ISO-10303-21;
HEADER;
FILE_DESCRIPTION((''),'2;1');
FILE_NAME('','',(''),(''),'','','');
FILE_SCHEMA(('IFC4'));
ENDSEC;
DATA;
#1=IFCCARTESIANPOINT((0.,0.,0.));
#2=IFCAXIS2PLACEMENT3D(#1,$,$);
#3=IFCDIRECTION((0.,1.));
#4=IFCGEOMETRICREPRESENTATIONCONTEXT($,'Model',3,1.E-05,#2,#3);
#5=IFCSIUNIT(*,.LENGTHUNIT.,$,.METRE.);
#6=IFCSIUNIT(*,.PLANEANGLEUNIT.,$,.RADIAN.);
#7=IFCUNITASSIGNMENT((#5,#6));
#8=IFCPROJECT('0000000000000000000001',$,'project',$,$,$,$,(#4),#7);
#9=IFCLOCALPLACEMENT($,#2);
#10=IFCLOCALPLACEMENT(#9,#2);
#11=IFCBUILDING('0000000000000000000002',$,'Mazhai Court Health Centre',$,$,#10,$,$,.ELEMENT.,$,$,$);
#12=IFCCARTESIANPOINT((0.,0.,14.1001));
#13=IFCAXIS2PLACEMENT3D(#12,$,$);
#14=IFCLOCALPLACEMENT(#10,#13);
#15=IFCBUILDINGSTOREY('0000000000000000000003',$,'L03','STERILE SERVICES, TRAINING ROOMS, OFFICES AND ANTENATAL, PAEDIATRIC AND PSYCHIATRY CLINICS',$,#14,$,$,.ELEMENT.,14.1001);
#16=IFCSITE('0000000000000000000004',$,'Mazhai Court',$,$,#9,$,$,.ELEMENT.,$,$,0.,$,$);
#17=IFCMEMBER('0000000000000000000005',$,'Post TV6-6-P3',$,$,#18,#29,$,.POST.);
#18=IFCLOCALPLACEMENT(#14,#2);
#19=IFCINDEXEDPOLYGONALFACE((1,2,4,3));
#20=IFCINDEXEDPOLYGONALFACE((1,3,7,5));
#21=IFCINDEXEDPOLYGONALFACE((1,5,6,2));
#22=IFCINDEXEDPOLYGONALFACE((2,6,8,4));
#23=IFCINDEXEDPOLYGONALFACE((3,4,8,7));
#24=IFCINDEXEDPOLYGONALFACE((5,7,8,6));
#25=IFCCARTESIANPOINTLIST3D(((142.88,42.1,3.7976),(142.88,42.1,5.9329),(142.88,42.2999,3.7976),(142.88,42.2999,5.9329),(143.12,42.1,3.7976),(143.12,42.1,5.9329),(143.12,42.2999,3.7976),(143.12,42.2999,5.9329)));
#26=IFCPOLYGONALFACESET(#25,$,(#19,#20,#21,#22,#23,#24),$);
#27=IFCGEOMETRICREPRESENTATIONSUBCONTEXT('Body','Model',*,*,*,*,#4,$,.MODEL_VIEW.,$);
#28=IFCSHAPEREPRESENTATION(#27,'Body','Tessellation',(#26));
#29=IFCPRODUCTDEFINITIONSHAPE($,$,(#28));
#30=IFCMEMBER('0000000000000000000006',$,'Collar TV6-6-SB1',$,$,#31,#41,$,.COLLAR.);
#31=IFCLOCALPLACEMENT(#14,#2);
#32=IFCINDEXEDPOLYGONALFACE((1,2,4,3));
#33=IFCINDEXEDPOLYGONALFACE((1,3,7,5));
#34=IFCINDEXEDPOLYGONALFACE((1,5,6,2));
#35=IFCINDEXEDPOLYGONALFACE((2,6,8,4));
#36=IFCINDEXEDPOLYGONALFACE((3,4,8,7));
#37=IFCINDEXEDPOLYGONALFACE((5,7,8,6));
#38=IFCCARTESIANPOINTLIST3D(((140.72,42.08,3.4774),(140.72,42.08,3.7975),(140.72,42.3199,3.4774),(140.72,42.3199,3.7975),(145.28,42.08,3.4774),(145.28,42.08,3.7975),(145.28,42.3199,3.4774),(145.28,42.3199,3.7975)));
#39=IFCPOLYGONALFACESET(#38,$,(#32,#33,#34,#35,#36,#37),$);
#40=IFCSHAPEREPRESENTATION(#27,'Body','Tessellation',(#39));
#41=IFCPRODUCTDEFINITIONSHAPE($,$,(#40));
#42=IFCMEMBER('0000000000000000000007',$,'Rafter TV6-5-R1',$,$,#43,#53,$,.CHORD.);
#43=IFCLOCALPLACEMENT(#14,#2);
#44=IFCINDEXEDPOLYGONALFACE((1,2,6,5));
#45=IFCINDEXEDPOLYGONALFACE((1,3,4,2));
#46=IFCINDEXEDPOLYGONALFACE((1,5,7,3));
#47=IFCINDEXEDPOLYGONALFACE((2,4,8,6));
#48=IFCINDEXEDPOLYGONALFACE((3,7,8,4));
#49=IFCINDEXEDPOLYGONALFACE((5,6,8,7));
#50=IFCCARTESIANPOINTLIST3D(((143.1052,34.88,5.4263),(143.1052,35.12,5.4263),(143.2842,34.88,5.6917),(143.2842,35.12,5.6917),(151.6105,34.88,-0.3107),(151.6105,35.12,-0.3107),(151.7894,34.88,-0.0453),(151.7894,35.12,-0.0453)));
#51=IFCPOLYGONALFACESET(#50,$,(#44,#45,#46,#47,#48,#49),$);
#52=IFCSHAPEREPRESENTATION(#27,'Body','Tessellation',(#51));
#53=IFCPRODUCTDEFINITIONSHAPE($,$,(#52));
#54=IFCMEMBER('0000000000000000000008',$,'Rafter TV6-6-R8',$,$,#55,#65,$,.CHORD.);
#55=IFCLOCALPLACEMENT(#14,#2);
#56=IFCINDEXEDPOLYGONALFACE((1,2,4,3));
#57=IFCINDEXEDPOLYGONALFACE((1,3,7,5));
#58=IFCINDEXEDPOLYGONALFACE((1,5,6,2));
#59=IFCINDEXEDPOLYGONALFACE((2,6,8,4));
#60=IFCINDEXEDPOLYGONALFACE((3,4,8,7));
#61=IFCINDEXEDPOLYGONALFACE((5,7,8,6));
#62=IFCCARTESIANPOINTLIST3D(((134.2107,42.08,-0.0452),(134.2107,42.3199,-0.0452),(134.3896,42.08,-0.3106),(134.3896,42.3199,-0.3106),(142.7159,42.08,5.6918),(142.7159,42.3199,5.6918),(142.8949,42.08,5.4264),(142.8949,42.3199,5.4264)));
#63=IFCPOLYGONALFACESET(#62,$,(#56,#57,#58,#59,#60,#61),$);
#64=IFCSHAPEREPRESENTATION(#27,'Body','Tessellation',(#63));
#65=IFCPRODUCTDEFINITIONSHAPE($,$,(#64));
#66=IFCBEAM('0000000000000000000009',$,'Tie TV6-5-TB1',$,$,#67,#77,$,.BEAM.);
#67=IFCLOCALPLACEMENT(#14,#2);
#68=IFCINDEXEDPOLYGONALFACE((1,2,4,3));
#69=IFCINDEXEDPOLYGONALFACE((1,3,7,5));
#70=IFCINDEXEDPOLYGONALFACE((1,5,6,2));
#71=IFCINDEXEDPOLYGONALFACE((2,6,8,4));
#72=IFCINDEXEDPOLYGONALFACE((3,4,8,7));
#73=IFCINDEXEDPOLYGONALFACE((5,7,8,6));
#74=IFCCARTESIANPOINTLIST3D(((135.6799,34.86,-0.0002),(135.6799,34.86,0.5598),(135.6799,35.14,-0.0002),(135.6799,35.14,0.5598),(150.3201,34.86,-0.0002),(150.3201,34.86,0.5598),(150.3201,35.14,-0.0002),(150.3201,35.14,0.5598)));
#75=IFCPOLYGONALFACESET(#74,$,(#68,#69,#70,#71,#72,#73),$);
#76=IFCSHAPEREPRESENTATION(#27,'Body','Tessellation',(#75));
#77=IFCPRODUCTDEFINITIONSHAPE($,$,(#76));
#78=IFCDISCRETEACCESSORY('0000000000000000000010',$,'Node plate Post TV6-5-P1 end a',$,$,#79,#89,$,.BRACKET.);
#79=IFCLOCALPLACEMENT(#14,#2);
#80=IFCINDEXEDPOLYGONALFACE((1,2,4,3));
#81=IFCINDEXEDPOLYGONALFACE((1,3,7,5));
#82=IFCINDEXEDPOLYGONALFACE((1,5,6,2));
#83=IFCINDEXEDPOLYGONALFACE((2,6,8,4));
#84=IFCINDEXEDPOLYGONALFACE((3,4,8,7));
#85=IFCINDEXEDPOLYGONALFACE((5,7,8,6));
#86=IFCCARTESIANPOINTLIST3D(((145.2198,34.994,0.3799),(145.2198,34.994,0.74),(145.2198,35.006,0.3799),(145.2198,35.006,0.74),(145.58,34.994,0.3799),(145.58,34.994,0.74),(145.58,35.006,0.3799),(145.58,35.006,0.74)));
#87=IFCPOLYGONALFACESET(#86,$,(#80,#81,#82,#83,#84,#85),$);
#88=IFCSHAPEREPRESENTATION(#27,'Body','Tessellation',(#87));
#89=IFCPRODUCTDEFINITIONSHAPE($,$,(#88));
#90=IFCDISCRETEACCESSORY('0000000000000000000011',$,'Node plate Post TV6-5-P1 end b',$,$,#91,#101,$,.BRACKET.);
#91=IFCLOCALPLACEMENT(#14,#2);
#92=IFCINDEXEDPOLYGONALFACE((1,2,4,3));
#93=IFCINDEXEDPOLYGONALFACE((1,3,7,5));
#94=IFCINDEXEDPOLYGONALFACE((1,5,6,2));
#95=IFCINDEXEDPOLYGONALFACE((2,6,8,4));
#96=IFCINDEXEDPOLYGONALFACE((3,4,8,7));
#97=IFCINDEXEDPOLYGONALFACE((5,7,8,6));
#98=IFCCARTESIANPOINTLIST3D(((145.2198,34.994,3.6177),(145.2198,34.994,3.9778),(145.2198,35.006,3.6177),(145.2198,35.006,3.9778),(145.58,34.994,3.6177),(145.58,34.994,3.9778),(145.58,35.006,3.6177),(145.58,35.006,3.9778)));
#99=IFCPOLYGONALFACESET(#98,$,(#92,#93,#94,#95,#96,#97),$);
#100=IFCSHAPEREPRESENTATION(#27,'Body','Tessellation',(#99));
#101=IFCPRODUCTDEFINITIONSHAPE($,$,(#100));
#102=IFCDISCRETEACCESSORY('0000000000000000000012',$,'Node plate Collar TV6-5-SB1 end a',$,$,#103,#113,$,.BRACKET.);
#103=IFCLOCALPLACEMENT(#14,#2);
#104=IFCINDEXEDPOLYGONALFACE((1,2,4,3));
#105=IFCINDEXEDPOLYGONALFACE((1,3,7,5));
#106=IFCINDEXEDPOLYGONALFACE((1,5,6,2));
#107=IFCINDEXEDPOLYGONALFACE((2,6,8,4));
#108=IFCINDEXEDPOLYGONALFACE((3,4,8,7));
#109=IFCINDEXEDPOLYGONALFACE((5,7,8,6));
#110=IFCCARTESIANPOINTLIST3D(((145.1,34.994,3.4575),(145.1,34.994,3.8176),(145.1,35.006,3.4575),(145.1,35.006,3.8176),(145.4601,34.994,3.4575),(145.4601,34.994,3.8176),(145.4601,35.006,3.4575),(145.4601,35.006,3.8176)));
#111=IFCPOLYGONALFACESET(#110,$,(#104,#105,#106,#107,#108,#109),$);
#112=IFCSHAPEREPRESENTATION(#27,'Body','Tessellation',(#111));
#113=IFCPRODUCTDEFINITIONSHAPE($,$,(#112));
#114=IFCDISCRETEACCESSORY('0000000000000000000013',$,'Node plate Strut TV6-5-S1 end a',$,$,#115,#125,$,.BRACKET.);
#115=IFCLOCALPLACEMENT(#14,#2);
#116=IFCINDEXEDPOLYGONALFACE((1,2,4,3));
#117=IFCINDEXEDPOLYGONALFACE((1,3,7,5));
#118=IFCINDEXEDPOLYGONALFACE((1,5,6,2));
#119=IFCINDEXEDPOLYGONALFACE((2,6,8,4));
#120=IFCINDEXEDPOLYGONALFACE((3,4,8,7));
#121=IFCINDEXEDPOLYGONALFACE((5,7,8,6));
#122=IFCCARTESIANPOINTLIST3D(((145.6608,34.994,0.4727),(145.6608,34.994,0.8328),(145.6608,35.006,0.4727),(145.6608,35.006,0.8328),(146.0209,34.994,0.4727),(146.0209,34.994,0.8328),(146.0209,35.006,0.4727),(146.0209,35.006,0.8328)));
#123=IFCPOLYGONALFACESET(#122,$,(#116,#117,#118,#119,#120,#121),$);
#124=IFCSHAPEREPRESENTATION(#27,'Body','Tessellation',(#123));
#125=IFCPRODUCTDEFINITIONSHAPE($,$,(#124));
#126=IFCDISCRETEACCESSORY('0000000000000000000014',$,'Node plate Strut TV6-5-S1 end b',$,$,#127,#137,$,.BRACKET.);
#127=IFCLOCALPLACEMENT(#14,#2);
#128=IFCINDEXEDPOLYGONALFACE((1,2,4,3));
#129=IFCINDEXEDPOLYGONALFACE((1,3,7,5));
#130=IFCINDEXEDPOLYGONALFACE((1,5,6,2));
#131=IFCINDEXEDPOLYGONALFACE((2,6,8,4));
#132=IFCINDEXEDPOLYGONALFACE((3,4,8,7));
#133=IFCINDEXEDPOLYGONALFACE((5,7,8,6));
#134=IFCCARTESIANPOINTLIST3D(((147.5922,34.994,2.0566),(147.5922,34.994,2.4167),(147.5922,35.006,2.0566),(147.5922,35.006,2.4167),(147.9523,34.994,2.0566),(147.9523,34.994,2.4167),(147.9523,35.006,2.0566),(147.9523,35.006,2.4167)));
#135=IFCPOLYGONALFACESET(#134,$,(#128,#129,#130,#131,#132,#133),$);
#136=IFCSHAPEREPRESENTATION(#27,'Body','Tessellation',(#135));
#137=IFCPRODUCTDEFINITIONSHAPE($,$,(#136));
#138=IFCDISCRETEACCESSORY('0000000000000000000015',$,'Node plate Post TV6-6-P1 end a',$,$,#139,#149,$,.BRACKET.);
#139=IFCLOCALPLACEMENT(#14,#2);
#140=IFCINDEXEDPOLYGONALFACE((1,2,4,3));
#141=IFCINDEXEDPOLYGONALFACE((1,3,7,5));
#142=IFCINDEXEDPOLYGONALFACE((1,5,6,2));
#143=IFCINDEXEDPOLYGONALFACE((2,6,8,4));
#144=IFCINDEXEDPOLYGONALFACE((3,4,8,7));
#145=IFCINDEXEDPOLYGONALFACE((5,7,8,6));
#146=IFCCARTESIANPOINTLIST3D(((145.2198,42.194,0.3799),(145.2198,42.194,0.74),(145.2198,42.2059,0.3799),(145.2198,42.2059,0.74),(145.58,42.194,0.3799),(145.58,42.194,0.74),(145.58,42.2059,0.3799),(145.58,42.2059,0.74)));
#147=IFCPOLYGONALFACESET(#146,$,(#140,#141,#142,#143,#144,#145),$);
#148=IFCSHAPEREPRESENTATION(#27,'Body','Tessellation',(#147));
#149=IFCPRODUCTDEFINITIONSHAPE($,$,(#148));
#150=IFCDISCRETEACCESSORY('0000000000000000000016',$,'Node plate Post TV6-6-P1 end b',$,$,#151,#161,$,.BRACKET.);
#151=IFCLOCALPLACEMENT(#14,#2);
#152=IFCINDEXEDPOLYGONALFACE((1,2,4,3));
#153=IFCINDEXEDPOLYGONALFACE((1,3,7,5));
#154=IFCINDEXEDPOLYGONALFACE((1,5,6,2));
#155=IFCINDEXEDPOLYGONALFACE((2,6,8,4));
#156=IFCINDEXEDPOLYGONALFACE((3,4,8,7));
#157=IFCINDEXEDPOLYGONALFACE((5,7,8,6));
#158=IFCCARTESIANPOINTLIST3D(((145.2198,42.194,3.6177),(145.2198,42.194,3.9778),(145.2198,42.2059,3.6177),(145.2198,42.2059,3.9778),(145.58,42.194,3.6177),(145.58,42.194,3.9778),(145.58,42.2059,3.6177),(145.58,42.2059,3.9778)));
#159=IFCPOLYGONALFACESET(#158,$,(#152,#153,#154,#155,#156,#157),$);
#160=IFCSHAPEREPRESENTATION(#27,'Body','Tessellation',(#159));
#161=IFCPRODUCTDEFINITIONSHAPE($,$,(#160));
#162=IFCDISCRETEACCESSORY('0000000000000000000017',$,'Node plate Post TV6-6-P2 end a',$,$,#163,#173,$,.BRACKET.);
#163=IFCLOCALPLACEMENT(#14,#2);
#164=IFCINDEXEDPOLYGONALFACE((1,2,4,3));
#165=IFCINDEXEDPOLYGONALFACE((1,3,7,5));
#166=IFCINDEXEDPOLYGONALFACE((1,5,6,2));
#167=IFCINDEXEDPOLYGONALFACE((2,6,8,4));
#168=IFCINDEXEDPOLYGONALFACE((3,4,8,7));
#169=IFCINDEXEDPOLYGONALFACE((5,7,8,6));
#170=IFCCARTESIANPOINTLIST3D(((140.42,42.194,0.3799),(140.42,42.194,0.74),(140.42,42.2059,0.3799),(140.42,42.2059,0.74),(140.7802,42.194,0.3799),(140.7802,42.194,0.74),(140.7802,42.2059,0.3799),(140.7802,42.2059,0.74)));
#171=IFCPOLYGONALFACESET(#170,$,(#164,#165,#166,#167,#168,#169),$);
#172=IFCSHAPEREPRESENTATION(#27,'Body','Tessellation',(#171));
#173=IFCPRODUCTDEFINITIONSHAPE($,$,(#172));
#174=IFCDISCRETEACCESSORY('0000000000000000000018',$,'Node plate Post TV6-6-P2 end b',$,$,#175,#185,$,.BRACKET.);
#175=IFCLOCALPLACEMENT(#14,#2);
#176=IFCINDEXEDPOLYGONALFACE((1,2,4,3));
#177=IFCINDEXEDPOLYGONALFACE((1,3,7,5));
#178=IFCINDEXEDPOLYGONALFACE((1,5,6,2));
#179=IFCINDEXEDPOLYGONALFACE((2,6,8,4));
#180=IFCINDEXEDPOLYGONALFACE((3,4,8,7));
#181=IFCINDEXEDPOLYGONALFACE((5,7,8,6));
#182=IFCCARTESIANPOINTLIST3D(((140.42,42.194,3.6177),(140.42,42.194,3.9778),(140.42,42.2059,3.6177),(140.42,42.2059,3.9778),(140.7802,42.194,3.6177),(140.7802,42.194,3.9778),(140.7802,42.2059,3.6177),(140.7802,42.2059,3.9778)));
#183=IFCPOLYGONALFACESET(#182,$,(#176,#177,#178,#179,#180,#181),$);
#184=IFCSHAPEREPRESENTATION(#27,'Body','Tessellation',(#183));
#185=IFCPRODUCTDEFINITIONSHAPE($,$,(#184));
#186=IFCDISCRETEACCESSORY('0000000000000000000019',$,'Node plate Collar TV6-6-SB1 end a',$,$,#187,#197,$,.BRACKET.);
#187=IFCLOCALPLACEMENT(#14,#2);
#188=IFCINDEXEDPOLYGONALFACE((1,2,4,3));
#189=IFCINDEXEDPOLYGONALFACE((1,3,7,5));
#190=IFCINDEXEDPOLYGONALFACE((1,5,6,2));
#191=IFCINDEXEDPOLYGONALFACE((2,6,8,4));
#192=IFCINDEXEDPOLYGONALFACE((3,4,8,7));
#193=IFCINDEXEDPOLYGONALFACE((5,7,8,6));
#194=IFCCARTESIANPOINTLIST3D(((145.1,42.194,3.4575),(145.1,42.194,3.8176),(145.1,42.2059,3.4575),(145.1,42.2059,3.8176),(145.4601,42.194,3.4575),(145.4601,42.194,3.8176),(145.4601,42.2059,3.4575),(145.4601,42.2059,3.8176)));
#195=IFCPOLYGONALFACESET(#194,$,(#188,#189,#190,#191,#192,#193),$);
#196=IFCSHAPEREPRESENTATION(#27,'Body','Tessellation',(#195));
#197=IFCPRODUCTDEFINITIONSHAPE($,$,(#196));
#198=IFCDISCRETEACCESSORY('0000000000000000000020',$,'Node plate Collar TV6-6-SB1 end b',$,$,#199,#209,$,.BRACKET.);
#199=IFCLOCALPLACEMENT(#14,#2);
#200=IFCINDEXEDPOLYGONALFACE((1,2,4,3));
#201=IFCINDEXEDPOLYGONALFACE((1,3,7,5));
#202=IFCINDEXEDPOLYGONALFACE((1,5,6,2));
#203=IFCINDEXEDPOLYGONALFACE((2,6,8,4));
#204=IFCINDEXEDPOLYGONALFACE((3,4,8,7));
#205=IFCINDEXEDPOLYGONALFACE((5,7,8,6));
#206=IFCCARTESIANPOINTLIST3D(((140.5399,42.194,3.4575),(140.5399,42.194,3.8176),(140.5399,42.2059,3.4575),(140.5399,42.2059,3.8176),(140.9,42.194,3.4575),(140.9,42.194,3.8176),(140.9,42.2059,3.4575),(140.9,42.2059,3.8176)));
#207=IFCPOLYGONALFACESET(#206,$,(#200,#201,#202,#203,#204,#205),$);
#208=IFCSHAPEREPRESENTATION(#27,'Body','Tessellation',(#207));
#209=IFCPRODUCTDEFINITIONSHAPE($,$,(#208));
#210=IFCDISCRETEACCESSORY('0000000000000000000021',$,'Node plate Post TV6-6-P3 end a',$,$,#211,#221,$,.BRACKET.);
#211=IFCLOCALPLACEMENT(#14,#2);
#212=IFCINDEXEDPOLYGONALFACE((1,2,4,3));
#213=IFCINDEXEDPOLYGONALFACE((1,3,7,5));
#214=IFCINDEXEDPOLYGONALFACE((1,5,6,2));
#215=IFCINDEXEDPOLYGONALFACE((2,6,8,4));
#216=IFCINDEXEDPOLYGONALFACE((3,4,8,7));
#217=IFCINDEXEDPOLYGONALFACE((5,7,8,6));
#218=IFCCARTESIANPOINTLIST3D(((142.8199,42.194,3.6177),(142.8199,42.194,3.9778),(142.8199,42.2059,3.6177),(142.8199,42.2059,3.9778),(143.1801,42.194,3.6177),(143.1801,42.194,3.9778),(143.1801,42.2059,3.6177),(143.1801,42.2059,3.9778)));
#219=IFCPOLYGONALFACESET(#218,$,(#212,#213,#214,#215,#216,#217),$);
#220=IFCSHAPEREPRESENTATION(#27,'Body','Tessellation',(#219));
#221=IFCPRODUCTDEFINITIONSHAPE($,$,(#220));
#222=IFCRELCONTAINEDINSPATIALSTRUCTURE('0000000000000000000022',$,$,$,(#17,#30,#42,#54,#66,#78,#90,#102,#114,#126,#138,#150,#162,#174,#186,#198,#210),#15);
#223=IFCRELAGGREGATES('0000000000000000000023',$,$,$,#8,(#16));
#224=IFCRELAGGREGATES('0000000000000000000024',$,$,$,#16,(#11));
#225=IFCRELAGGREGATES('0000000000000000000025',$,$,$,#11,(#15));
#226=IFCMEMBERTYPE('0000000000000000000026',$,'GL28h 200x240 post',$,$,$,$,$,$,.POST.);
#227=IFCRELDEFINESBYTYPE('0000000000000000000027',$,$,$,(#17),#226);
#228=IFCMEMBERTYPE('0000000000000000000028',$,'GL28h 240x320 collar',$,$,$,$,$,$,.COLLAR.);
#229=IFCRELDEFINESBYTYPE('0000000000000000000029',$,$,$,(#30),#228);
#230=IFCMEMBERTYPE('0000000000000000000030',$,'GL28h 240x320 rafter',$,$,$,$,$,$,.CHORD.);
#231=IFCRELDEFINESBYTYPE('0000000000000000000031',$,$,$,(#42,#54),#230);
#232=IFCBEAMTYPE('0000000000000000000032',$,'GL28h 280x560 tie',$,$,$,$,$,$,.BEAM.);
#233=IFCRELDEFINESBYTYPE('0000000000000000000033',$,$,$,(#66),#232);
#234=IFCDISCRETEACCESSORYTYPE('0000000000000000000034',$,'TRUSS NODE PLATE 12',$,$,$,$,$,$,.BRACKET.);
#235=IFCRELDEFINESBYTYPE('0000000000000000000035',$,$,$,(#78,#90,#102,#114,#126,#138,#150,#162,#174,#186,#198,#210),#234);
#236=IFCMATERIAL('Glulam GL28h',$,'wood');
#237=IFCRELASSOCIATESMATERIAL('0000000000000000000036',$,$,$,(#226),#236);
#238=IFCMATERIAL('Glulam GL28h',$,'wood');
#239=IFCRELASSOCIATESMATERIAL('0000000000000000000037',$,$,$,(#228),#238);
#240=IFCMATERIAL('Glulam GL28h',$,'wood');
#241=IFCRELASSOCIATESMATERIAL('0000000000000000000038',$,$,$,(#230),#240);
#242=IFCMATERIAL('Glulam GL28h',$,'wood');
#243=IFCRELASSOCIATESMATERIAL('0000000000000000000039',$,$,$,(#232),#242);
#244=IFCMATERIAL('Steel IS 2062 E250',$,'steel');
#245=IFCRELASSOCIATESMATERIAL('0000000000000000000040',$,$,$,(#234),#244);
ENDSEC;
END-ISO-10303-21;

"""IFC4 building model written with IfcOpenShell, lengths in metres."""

from ifc_helpers import new_model, si_unit, direction, frame, origin, origin_2d, place, context, subcontext, project, spatial, rectangle, extrude, material, material_profile, profile_set, type_object, element, save


model = new_model("IFC4")

# Units and contexts
model_context = context("Model", 3, precision=1e-05, world=origin(), true_north=direction((0.0, 1.0)))
body_context = subcontext(model_context, "Body", "Model", "MODEL_VIEW")
ifc_project = project(units=[si_unit("LENGTHUNIT", "METRE"), si_unit("PLANEANGLEUNIT", "RADIAN")], contexts=[model_context])

# Site, building, storey
site_placement = place(None, origin())
site = spatial("IfcSite", under=ifc_project, at=site_placement, Name="Mazhai Court", CompositionType="ELEMENT", RefElevation=0.0)
building_placement = place(site_placement, origin())
building = spatial("IfcBuilding", under=site, at=building_placement, Name="Mazhai Court Health Centre", CompositionType="ELEMENT")
storey_placement = place(building_placement, frame((0.0, 0.0, 14.1001)))
storey = spatial("IfcBuildingStorey", under=building, at=storey_placement, Name="L03", Description="STERILE SERVICES, TRAINING ROOMS, OFFICES AND ANTENATAL, PAEDIATRIC AND PSYCHIATRY CLINICS", CompositionType="ELEMENT", Elevation=14.1001)

# Members
ifc_material_1 = material(Name="Glulam GL28h", Category="wood")
ifc_material_profile_1 = material_profile(ifc_material_1, rectangle(XDim=0.2, YDim=0.24, at=origin_2d()), Name="GL28h 200x240")
ifc_profile_set_1 = profile_set([ifc_material_profile_1], Name="Glulam GL28h")
member_type_1 = type_object("IfcMemberType", Name="GL28h 200x240 post", PredefinedType="POST", material=ifc_profile_set_1)
member_1_placement = place(storey_placement, frame((143.0, 42.2, 3.7976), z_axis=(0.0, 0.0, 1.0), x_axis=(0.0, 1.0, 0.0)))
element("IfcMember", 1, at=member_1_placement, inside=storey, type_object=member_type_1, Name="Post TV6-6-P3", PredefinedType="POST", context=body_context, shape_type="SweptSolid", body=[
    extrude(rectangle(XDim=0.2, YDim=0.24, at=origin_2d()), origin(), (0.0, 0.0, 1.0), 2.1353),
])
ifc_material_2 = material(Name="Glulam GL28h", Category="wood")
ifc_material_profile_2 = material_profile(ifc_material_2, rectangle(XDim=0.24, YDim=0.3201, at=origin_2d()), Name="GL28h 240x320")
ifc_profile_set_2 = profile_set([ifc_material_profile_2], Name="Glulam GL28h")
member_type_2 = type_object("IfcMemberType", Name="GL28h 240x320 collar", PredefinedType="COLLAR", material=ifc_profile_set_2)
member_2_placement = place(storey_placement, frame((145.28, 42.2, 3.6375), z_axis=(-1.0, 0.0, 0.0), x_axis=(0.0, -1.0, 0.0)))
element("IfcMember", 2, at=member_2_placement, inside=storey, type_object=member_type_2, Name="Collar TV6-6-SB1", PredefinedType="COLLAR", context=body_context, shape_type="SweptSolid", body=[
    extrude(rectangle(XDim=0.24, YDim=0.3201, at=origin_2d()), origin(), (0.0, 0.0, 1.0), 4.5601),
])
ifc_material_3 = material(Name="Glulam GL28h", Category="wood")
ifc_material_profile_3 = material_profile(ifc_material_3, rectangle(XDim=0.24, YDim=0.3201, at=origin_2d()), Name="GL28h 240x320")
ifc_profile_set_3 = profile_set([ifc_material_profile_3], Name="Glulam GL28h")
member_type_3 = type_object("IfcMemberType", Name="GL28h 240x320 rafter", PredefinedType="CHORD", material=ifc_profile_set_3)
for number, where, z_axis, x_axis, name in (
    (3, (151.7, 35.0, -0.178), (-0.829032, 0.0, 0.559201), (0.0, -1.0, 0.0), "Rafter TV6-5-R1"),
    (4, (142.8054, 42.2, 5.5591), (-0.829032, 0.0, -0.559201), (0.0, -1.0, 0.0), "Rafter TV6-6-R8"),
):
    element("IfcMember", number, at=place(storey_placement, frame(where, z_axis=z_axis, x_axis=x_axis)), inside=storey, type_object=member_type_3, Name=name, PredefinedType="CHORD", context=body_context, shape_type="SweptSolid", body=[
        extrude(rectangle(XDim=0.24, YDim=0.3201, at=origin_2d()), origin(), (0.0, 0.0, 1.0), 10.2593),
    ])

# Beam
ifc_material_4 = material(Name="Glulam GL28h", Category="wood")
ifc_material_profile_4 = material_profile(ifc_material_4, rectangle(XDim=0.28, YDim=0.5601, at=origin_2d()), Name="GL28h 280x560")
ifc_profile_set_4 = profile_set([ifc_material_profile_4], Name="Glulam GL28h")
beam_type = type_object("IfcBeamType", Name="GL28h 280x560 tie", PredefinedType="BEAM", material=ifc_profile_set_4)
beam_placement = place(storey_placement, frame((150.3201, 35.0, 0.2798), z_axis=(-1.0, 0.0, 0.0), x_axis=(0.0, -1.0, 0.0)))
element("IfcBeam", 5, at=beam_placement, inside=storey, type_object=beam_type, Name="Tie TV6-5-TB1", PredefinedType="BEAM", context=body_context, shape_type="SweptSolid", body=[
    extrude(rectangle(XDim=0.28, YDim=0.5601, at=origin_2d()), origin(), (0.0, 0.0, 1.0), 14.6401),
])

# Discrete accessories
ifc_material_5 = material(Name="Steel IS 2062 E250", Category="steel")
discrete_accessory_type = type_object("IfcDiscreteAccessoryType", Name="TRUSS NODE PLATE 12", PredefinedType="BRACKET", material=ifc_material_5)
for number, where, z_axis, x_axis, name in (
    (6, (145.3999, 35.0, 0.3799), (0.0, 0.0, 1.0), (1.0, 0.0, 0.0), "Node plate Post TV6-5-P1 end a"),
    (7, (145.3999, 35.0, 3.6177), (0.0, 0.0, 1.0), (1.0, 0.0, 0.0), "Node plate Post TV6-5-P1 end b"),
    (8, (145.28, 35.0, 3.4575), (0.0, 0.0, 1.0), (1.0, 0.0, 0.0), "Node plate Collar TV6-5-SB1 end a"),
    (9, (145.8408, 35.0, 0.4727), (0.0, 0.0, 1.0), (1.0, 0.0, 0.0), "Node plate Strut TV6-5-S1 end a"),
    (10, (147.7722, 35.0, 2.0566), (0.0, 0.0, 1.0), (1.0, 0.0, 0.0), "Node plate Strut TV6-5-S1 end b"),
    (11, (145.3999, 42.2, 0.3799), (0.0, 0.0, 1.0), (1.0, 0.0, 0.0), "Node plate Post TV6-6-P1 end a"),
    (12, (145.3999, 42.2, 3.6177), (0.0, 0.0, 1.0), (1.0, 0.0, 0.0), "Node plate Post TV6-6-P1 end b"),
    (13, (140.6001, 42.2, 0.3799), (0.0, 0.0, 1.0), (1.0, 0.0, 0.0), "Node plate Post TV6-6-P2 end a"),
    (14, (140.6001, 42.2, 3.6177), (0.0, 0.0, 1.0), (1.0, 0.0, 0.0), "Node plate Post TV6-6-P2 end b"),
    (15, (145.28, 42.2, 3.4575), (0.0, 0.0, 1.0), (1.0, 0.0, 0.0), "Node plate Collar TV6-6-SB1 end a"),
    (16, (140.72, 42.2, 3.4575), (0.0, 0.0, 1.0), (1.0, 0.0, 0.0), "Node plate Collar TV6-6-SB1 end b"),
    (17, (143.0, 42.2, 3.6177), (0.0, 0.0, 1.0), (1.0, 0.0, 0.0), "Node plate Post TV6-6-P3 end a"),
):
    element("IfcDiscreteAccessory", number, at=place(storey_placement, frame(where, z_axis=z_axis, x_axis=x_axis)), inside=storey, type_object=discrete_accessory_type, Name=name, PredefinedType="BRACKET", context=body_context, shape_type="SweptSolid", body=[
        extrude(rectangle(XDim=0.3601, YDim=0.012, at=origin_2d()), origin(), (0.0, 0.0, 1.0), 0.3601),
    ])

save(model, "model.ifc")
